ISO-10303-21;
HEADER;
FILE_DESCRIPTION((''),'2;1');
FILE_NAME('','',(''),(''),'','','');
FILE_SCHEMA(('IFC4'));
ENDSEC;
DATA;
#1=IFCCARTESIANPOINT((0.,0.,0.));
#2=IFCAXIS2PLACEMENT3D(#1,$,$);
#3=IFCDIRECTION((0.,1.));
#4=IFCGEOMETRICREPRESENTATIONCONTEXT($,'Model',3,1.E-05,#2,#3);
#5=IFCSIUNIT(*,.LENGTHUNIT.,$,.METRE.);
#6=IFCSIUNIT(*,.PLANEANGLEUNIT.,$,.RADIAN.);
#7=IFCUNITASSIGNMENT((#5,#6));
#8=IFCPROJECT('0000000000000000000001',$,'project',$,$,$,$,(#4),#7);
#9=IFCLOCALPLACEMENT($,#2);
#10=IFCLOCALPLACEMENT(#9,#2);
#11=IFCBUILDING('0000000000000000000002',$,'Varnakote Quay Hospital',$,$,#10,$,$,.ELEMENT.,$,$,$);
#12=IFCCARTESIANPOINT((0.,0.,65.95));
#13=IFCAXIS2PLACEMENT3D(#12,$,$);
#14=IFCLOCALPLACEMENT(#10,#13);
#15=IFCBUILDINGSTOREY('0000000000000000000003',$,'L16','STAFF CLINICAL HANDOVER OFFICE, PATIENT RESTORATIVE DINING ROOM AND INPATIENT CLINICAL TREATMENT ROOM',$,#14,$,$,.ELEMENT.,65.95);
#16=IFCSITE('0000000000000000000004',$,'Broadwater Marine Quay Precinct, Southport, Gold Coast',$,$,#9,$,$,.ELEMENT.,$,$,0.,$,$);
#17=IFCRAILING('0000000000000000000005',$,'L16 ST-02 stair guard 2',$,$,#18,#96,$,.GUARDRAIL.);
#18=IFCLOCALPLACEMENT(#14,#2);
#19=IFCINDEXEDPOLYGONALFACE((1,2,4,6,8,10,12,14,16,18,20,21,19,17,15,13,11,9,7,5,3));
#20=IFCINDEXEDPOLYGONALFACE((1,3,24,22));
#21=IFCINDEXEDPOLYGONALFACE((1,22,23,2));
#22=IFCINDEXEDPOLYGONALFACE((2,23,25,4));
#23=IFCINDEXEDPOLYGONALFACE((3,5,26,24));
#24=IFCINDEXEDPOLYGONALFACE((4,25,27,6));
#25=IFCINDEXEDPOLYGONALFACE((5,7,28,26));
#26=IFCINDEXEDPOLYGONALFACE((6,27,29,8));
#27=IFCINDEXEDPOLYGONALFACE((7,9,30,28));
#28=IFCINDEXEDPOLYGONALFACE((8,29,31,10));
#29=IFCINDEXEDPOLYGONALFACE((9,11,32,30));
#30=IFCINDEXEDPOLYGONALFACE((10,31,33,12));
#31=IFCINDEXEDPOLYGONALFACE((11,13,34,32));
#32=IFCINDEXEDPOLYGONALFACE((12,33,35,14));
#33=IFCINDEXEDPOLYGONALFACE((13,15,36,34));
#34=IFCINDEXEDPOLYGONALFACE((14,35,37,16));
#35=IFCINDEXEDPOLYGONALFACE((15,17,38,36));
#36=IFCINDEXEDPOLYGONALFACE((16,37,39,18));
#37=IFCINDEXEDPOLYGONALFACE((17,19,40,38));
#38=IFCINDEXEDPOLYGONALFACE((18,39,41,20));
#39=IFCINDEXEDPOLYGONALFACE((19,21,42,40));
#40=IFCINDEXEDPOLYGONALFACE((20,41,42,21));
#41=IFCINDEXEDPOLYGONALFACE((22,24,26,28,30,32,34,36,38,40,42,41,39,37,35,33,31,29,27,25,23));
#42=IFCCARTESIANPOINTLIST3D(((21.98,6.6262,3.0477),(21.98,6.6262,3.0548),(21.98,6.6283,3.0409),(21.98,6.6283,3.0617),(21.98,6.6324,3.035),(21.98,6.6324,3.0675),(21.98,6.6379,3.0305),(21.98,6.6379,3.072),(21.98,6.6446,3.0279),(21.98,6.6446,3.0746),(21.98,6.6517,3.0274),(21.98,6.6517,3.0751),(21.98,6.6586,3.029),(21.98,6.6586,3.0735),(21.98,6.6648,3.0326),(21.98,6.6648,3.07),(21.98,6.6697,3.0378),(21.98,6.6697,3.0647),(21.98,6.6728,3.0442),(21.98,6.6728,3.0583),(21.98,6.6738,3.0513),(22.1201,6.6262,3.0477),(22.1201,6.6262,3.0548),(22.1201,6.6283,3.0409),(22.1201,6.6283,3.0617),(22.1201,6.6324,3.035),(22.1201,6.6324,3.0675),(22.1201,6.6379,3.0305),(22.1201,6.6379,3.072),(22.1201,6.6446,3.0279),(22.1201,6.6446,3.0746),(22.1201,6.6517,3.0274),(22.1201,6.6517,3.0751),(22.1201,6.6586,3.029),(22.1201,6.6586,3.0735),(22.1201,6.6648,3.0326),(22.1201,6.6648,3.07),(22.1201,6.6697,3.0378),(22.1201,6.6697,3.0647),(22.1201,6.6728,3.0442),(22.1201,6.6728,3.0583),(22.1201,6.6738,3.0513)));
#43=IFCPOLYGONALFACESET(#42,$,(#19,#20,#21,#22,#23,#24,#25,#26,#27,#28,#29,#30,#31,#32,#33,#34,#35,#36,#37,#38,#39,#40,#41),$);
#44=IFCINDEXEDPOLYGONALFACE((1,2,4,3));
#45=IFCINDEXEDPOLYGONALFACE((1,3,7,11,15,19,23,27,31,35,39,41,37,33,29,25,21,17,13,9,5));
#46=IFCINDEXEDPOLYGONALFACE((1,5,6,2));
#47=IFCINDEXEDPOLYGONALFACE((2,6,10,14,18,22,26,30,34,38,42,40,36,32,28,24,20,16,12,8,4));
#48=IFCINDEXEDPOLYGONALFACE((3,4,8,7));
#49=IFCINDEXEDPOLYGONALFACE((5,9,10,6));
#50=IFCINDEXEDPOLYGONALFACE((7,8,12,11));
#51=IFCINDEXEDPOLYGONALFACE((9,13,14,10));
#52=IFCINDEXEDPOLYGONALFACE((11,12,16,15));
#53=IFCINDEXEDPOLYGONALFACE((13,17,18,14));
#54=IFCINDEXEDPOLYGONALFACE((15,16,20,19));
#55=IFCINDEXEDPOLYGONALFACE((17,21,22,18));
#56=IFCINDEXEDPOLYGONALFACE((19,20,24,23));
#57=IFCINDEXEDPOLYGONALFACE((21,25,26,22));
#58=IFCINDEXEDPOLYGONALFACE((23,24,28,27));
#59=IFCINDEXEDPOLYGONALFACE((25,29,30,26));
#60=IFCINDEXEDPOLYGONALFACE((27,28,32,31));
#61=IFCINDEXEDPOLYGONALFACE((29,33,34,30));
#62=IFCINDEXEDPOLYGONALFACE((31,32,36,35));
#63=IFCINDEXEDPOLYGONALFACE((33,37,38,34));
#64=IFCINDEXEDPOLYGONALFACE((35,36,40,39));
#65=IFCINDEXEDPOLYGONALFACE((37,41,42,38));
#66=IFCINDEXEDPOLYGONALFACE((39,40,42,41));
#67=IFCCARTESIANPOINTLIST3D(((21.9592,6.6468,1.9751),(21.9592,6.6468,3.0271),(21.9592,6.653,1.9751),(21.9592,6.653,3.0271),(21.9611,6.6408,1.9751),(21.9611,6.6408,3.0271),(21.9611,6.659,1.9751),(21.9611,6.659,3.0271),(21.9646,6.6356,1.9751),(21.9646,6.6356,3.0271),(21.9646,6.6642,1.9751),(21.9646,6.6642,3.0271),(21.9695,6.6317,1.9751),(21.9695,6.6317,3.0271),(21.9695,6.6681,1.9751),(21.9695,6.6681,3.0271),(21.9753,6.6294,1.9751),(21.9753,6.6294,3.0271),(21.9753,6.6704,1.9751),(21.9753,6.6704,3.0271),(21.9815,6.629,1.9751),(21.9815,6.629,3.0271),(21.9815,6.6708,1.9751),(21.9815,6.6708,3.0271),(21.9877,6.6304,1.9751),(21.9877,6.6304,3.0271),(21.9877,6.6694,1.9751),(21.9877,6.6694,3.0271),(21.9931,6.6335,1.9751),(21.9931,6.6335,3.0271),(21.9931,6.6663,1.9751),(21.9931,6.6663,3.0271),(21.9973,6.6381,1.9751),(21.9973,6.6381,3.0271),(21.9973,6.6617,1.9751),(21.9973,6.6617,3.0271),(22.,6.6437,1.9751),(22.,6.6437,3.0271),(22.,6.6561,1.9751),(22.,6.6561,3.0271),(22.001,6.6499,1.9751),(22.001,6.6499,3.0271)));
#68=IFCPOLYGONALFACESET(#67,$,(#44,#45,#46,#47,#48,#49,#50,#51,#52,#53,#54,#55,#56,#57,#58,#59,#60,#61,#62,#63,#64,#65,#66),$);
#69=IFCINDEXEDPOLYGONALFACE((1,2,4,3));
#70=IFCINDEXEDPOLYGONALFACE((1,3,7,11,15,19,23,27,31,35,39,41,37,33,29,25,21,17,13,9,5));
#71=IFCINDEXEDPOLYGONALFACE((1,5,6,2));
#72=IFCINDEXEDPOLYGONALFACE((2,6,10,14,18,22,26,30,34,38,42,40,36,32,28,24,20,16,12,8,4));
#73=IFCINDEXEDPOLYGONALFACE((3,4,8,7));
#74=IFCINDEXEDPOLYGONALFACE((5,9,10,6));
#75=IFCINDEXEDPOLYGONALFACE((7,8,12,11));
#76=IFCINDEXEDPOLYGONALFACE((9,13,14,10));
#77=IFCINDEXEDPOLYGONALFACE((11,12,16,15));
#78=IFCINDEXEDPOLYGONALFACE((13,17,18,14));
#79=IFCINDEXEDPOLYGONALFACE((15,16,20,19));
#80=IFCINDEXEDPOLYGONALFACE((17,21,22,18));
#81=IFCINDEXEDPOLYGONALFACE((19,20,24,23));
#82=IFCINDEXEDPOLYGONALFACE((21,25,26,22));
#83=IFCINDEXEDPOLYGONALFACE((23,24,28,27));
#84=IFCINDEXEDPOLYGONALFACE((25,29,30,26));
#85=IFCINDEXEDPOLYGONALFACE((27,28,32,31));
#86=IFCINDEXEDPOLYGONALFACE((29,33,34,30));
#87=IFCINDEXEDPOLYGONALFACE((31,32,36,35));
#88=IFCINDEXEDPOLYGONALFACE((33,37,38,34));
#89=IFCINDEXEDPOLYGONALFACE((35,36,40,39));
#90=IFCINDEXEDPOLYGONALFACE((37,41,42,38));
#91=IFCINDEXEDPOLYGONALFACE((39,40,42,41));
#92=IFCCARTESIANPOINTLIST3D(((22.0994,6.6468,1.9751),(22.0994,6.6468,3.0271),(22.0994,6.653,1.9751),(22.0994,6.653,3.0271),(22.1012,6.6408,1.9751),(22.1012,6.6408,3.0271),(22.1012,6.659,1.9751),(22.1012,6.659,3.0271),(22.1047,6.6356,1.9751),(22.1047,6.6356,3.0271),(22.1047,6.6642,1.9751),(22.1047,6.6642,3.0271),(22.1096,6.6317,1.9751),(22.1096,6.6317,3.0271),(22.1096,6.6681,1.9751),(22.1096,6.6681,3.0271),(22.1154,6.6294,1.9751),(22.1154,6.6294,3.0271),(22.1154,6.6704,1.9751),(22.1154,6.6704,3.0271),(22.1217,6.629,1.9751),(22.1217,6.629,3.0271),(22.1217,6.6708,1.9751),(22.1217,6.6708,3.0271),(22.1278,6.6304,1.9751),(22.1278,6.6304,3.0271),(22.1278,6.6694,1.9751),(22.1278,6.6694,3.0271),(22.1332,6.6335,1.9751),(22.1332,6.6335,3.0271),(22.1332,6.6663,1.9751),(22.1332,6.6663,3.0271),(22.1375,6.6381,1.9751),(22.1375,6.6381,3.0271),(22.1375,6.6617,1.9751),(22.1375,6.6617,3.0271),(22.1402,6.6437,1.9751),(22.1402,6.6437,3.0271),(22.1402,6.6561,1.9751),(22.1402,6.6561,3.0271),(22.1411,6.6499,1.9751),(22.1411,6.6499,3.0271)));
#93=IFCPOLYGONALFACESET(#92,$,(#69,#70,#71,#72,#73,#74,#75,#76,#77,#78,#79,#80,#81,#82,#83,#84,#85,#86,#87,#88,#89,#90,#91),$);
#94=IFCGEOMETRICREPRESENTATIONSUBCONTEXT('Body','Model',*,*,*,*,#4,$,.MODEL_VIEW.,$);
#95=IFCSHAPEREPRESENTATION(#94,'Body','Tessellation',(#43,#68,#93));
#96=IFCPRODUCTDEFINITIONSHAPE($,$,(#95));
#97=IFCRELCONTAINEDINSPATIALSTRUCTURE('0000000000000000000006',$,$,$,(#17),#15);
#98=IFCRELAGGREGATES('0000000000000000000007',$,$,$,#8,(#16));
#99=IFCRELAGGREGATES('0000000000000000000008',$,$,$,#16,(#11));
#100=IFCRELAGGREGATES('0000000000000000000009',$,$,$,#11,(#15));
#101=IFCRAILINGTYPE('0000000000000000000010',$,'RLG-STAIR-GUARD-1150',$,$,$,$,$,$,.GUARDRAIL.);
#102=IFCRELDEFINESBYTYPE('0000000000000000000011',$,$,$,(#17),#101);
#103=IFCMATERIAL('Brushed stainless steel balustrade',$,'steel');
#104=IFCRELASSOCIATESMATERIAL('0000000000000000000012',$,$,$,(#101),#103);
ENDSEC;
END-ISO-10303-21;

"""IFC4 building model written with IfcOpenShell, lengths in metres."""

from ifc_helpers import new_model, si_unit, direction, frame, origin, origin_2d, place, context, subcontext, project, spatial, circle, extrude, material, type_object, element, save


model = new_model("IFC4")

# Units and contexts
model_context = context("Model", 3, precision=1e-05, world=origin(), true_north=direction((0.0, 1.0)))
body_context = subcontext(model_context, "Body", "Model", "MODEL_VIEW")
ifc_project = project(units=[si_unit("LENGTHUNIT", "METRE"), si_unit("PLANEANGLEUNIT", "RADIAN")], contexts=[model_context])

# Site, building, storey
site_placement = place(None, origin())
site = spatial("IfcSite", under=ifc_project, at=site_placement, Name="Broadwater Marine Quay Precinct, Southport, Gold Coast", CompositionType="ELEMENT", RefElevation=0.0)
building_placement = place(site_placement, origin())
building = spatial("IfcBuilding", under=site, at=building_placement, Name="Varnakote Quay Hospital", CompositionType="ELEMENT")
storey_placement = place(building_placement, frame((0.0, 0.0, 65.95)))
storey = spatial("IfcBuildingStorey", under=building, at=storey_placement, Name="L16", Description="STAFF CLINICAL HANDOVER OFFICE, PATIENT RESTORATIVE DINING ROOM AND INPATIENT CLINICAL TREATMENT ROOM", CompositionType="ELEMENT", Elevation=65.95)

# Railing
ifc_material_1 = material(Name="Brushed stainless steel balustrade", Category="steel")
railing_type_1 = type_object("IfcRailingType", Name="RLG-STAIR-GUARD-1150", PredefinedType="GUARDRAIL", material=ifc_material_1)
railing_1_placement = place(storey_placement, frame((21.98, 6.6499, 1.9751)))
element("IfcRailing", 1, at=railing_1_placement, inside=storey, type_object=railing_type_1, Name="L16 ST-02 stair guard 2", PredefinedType="GUARDRAIL", context=body_context, shape_type="SweptSolid", body=[
    extrude(circle(Radius=0.0239, at=origin_2d()), frame((0.0, 0.0, 1.0762), z_axis=(1.0, 0.0, 0.0), x_axis=(0.0, 1.0, 0.0)), (0.0, 0.0, 1.0), 0.1401),
    extrude(circle(Radius=0.021, at=origin_2d()), origin(), (0.0, 0.0, 1.0), 1.052),
    extrude(circle(Radius=0.021, at=origin_2d()), frame((0.1401, 0.0, 0.0)), (0.0, 0.0, 1.0), 1.052),
])

save(model, "model.ifc")
